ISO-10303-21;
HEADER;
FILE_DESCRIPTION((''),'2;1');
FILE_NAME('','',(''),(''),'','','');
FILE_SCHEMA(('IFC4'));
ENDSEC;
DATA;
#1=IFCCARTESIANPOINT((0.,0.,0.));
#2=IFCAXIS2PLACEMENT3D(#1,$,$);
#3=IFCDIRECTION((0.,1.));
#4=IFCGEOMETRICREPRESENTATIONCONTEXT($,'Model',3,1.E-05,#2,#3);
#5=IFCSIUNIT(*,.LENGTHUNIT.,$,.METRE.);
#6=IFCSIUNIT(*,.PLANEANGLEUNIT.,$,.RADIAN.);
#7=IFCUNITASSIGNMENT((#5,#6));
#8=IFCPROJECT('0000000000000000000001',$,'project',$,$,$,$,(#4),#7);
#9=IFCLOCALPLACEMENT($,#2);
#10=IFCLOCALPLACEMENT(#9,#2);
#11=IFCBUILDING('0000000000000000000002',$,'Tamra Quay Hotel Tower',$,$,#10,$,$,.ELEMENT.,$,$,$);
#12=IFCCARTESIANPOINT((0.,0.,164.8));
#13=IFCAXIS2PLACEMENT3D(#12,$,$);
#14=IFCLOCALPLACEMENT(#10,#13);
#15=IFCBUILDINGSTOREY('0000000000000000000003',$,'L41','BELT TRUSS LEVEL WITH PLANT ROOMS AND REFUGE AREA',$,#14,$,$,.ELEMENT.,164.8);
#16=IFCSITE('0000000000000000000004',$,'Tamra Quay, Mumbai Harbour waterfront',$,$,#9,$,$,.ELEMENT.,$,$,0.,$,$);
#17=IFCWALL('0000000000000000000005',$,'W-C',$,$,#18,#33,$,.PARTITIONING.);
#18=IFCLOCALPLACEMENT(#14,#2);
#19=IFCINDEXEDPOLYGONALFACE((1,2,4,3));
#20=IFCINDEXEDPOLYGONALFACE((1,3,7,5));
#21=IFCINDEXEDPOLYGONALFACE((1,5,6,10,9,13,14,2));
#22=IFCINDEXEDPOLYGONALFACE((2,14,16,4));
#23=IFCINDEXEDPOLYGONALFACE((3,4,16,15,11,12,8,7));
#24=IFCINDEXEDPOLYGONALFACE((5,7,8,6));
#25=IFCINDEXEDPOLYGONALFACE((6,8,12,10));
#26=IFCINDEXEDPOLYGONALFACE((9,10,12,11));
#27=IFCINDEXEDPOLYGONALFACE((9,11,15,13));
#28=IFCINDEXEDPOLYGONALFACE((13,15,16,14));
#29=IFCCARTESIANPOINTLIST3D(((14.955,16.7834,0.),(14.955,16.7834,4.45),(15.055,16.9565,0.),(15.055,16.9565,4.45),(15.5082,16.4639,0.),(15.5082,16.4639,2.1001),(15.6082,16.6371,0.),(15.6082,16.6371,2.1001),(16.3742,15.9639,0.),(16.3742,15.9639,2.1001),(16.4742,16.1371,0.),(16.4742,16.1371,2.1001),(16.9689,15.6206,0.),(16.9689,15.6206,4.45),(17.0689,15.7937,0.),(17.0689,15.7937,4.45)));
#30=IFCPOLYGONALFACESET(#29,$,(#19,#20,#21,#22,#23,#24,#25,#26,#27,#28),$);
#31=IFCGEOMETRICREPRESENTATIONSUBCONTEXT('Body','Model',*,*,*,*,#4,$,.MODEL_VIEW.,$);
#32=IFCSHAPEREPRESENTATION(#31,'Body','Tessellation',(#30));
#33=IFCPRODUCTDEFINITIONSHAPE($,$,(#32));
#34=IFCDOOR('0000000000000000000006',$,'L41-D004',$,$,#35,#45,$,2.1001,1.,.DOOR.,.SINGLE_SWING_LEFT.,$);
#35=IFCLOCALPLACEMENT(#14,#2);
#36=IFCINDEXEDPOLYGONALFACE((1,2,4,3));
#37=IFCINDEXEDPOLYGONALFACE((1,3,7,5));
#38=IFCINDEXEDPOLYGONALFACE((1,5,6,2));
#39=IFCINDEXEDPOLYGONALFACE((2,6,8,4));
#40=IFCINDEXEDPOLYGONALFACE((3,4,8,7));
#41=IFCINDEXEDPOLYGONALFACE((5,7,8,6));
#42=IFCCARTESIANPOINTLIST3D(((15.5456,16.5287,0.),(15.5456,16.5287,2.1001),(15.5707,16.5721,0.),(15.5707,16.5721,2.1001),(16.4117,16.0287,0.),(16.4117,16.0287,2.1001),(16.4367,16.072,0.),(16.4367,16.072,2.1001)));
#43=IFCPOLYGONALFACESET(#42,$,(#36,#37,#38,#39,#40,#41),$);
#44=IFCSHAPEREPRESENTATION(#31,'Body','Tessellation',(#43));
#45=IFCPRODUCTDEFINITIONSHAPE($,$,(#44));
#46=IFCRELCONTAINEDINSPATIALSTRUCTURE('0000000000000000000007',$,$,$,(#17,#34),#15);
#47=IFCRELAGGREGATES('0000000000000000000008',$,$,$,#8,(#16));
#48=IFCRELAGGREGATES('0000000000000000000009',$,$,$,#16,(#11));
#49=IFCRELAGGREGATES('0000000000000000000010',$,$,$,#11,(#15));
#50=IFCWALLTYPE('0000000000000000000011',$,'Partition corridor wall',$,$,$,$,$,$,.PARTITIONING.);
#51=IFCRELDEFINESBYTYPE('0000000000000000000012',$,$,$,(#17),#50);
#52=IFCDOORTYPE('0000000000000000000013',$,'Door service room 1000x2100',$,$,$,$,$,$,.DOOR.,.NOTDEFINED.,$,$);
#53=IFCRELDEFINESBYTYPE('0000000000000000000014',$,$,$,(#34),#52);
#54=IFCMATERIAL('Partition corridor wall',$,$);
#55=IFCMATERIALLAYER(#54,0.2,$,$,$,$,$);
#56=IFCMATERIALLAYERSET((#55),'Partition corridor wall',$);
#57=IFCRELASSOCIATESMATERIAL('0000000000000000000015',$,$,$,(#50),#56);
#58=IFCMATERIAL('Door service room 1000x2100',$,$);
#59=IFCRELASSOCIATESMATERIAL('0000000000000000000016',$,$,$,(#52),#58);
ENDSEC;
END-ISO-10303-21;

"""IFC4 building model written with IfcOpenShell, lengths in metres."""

from ifc_helpers import new_model, si_unit, direction, frame, frame_2d, origin, place, context, subcontext, project, spatial, rectangle, extrude, material, layer, layer_set, type_object, element, fill, save


model = new_model("IFC4")

# Units and contexts
model_context = context("Model", 3, precision=1e-05, world=origin(), true_north=direction((0.0, 1.0)))
body_context = subcontext(model_context, "Body", "Model", "MODEL_VIEW")
ifc_project = project(units=[si_unit("LENGTHUNIT", "METRE"), si_unit("PLANEANGLEUNIT", "RADIAN")], contexts=[model_context])

# Site, building, storey
site_placement = place(None, origin())
site = spatial("IfcSite", under=ifc_project, at=site_placement, Name="Tamra Quay, Mumbai Harbour waterfront", CompositionType="ELEMENT", RefElevation=0.0)
building_placement = place(site_placement, origin())
building = spatial("IfcBuilding", under=site, at=building_placement, Name="Tamra Quay Hotel Tower", CompositionType="ELEMENT")
storey_placement = place(building_placement, frame((0.0, 0.0, 164.8)))
storey = spatial("IfcBuildingStorey", under=building, at=storey_placement, Name="L41", Description="BELT TRUSS LEVEL WITH PLANT ROOMS AND REFUGE AREA", CompositionType="ELEMENT", Elevation=164.8)

# Wall, opening, door
ifc_material_1 = material(Name="Partition corridor wall")
ifc_layer_1 = layer(ifc_material_1, 0.2)
ifc_layer_set_1 = layer_set([ifc_layer_1], Name="Partition corridor wall")
wall_type_1 = type_object("IfcWallType", Name="Partition corridor wall", PredefinedType="PARTITIONING", material=ifc_layer_set_1)
wall_1_placement = place(storey_placement, frame((15.0051, 16.8699, 0.0), z_axis=(0.0, 0.0, 1.0), x_axis=(0.866006, -0.500034, 0.0)))
wall_1 = element("IfcWall", 1, at=wall_1_placement, inside=storey, type_object=wall_type_1, Name="W-C", PredefinedType="PARTITIONING", context=body_context, shape_type="SweptSolid", body=[
    extrude(rectangle(XDim=2.3254, YDim=0.2, at=frame_2d((1.1626, 0.0))), origin(), (0.0, 0.0, 1.0), 4.45),
])
opening_1_placement = place(wall_1_placement, frame((0.6387, 0.0, 0.0)))
opening_1 = element("IfcOpeningElement", 2, at=opening_1_placement, cuts=wall_1, PredefinedType="OPENING", context=body_context, shape_type="SweptSolid", body=[
    extrude(rectangle(XDim=1.0, YDim=2.1001, at=frame_2d((0.5, 1.05))), frame((0.0, 0.1099, 0.0), z_axis=(0.0, -1.0, 0.0), x_axis=(1.0, 0.0, 0.0)), (0.0, 0.0, 1.0), 0.22),
])
ifc_material_2 = material(Name="Door service room 1000x2100")
door_type_1 = type_object("IfcDoorType", Name="Door service room 1000x2100", OperationType="NOTDEFINED", PredefinedType="DOOR", material=ifc_material_2)
door_1_placement = place(opening_1_placement, origin())
door_1 = element("IfcDoor", 3, at=door_1_placement, inside=storey, type_object=door_type_1, Name="L41-D004", OperationType="SINGLE_SWING_LEFT", OverallHeight=2.1001, OverallWidth=1.0, PredefinedType="DOOR", context=body_context, shape_type="SweptSolid", body=[
    extrude(rectangle(XDim=1.0, YDim=2.1001, at=frame_2d((0.5, 1.05))), frame((0.0, 0.0249, 0.0), z_axis=(0.0, -1.0, 0.0), x_axis=(1.0, 0.0, 0.0)), (0.0, 0.0, 1.0), 0.05),
])
fill(opening_1, door_1)

save(model, "model.ifc")
